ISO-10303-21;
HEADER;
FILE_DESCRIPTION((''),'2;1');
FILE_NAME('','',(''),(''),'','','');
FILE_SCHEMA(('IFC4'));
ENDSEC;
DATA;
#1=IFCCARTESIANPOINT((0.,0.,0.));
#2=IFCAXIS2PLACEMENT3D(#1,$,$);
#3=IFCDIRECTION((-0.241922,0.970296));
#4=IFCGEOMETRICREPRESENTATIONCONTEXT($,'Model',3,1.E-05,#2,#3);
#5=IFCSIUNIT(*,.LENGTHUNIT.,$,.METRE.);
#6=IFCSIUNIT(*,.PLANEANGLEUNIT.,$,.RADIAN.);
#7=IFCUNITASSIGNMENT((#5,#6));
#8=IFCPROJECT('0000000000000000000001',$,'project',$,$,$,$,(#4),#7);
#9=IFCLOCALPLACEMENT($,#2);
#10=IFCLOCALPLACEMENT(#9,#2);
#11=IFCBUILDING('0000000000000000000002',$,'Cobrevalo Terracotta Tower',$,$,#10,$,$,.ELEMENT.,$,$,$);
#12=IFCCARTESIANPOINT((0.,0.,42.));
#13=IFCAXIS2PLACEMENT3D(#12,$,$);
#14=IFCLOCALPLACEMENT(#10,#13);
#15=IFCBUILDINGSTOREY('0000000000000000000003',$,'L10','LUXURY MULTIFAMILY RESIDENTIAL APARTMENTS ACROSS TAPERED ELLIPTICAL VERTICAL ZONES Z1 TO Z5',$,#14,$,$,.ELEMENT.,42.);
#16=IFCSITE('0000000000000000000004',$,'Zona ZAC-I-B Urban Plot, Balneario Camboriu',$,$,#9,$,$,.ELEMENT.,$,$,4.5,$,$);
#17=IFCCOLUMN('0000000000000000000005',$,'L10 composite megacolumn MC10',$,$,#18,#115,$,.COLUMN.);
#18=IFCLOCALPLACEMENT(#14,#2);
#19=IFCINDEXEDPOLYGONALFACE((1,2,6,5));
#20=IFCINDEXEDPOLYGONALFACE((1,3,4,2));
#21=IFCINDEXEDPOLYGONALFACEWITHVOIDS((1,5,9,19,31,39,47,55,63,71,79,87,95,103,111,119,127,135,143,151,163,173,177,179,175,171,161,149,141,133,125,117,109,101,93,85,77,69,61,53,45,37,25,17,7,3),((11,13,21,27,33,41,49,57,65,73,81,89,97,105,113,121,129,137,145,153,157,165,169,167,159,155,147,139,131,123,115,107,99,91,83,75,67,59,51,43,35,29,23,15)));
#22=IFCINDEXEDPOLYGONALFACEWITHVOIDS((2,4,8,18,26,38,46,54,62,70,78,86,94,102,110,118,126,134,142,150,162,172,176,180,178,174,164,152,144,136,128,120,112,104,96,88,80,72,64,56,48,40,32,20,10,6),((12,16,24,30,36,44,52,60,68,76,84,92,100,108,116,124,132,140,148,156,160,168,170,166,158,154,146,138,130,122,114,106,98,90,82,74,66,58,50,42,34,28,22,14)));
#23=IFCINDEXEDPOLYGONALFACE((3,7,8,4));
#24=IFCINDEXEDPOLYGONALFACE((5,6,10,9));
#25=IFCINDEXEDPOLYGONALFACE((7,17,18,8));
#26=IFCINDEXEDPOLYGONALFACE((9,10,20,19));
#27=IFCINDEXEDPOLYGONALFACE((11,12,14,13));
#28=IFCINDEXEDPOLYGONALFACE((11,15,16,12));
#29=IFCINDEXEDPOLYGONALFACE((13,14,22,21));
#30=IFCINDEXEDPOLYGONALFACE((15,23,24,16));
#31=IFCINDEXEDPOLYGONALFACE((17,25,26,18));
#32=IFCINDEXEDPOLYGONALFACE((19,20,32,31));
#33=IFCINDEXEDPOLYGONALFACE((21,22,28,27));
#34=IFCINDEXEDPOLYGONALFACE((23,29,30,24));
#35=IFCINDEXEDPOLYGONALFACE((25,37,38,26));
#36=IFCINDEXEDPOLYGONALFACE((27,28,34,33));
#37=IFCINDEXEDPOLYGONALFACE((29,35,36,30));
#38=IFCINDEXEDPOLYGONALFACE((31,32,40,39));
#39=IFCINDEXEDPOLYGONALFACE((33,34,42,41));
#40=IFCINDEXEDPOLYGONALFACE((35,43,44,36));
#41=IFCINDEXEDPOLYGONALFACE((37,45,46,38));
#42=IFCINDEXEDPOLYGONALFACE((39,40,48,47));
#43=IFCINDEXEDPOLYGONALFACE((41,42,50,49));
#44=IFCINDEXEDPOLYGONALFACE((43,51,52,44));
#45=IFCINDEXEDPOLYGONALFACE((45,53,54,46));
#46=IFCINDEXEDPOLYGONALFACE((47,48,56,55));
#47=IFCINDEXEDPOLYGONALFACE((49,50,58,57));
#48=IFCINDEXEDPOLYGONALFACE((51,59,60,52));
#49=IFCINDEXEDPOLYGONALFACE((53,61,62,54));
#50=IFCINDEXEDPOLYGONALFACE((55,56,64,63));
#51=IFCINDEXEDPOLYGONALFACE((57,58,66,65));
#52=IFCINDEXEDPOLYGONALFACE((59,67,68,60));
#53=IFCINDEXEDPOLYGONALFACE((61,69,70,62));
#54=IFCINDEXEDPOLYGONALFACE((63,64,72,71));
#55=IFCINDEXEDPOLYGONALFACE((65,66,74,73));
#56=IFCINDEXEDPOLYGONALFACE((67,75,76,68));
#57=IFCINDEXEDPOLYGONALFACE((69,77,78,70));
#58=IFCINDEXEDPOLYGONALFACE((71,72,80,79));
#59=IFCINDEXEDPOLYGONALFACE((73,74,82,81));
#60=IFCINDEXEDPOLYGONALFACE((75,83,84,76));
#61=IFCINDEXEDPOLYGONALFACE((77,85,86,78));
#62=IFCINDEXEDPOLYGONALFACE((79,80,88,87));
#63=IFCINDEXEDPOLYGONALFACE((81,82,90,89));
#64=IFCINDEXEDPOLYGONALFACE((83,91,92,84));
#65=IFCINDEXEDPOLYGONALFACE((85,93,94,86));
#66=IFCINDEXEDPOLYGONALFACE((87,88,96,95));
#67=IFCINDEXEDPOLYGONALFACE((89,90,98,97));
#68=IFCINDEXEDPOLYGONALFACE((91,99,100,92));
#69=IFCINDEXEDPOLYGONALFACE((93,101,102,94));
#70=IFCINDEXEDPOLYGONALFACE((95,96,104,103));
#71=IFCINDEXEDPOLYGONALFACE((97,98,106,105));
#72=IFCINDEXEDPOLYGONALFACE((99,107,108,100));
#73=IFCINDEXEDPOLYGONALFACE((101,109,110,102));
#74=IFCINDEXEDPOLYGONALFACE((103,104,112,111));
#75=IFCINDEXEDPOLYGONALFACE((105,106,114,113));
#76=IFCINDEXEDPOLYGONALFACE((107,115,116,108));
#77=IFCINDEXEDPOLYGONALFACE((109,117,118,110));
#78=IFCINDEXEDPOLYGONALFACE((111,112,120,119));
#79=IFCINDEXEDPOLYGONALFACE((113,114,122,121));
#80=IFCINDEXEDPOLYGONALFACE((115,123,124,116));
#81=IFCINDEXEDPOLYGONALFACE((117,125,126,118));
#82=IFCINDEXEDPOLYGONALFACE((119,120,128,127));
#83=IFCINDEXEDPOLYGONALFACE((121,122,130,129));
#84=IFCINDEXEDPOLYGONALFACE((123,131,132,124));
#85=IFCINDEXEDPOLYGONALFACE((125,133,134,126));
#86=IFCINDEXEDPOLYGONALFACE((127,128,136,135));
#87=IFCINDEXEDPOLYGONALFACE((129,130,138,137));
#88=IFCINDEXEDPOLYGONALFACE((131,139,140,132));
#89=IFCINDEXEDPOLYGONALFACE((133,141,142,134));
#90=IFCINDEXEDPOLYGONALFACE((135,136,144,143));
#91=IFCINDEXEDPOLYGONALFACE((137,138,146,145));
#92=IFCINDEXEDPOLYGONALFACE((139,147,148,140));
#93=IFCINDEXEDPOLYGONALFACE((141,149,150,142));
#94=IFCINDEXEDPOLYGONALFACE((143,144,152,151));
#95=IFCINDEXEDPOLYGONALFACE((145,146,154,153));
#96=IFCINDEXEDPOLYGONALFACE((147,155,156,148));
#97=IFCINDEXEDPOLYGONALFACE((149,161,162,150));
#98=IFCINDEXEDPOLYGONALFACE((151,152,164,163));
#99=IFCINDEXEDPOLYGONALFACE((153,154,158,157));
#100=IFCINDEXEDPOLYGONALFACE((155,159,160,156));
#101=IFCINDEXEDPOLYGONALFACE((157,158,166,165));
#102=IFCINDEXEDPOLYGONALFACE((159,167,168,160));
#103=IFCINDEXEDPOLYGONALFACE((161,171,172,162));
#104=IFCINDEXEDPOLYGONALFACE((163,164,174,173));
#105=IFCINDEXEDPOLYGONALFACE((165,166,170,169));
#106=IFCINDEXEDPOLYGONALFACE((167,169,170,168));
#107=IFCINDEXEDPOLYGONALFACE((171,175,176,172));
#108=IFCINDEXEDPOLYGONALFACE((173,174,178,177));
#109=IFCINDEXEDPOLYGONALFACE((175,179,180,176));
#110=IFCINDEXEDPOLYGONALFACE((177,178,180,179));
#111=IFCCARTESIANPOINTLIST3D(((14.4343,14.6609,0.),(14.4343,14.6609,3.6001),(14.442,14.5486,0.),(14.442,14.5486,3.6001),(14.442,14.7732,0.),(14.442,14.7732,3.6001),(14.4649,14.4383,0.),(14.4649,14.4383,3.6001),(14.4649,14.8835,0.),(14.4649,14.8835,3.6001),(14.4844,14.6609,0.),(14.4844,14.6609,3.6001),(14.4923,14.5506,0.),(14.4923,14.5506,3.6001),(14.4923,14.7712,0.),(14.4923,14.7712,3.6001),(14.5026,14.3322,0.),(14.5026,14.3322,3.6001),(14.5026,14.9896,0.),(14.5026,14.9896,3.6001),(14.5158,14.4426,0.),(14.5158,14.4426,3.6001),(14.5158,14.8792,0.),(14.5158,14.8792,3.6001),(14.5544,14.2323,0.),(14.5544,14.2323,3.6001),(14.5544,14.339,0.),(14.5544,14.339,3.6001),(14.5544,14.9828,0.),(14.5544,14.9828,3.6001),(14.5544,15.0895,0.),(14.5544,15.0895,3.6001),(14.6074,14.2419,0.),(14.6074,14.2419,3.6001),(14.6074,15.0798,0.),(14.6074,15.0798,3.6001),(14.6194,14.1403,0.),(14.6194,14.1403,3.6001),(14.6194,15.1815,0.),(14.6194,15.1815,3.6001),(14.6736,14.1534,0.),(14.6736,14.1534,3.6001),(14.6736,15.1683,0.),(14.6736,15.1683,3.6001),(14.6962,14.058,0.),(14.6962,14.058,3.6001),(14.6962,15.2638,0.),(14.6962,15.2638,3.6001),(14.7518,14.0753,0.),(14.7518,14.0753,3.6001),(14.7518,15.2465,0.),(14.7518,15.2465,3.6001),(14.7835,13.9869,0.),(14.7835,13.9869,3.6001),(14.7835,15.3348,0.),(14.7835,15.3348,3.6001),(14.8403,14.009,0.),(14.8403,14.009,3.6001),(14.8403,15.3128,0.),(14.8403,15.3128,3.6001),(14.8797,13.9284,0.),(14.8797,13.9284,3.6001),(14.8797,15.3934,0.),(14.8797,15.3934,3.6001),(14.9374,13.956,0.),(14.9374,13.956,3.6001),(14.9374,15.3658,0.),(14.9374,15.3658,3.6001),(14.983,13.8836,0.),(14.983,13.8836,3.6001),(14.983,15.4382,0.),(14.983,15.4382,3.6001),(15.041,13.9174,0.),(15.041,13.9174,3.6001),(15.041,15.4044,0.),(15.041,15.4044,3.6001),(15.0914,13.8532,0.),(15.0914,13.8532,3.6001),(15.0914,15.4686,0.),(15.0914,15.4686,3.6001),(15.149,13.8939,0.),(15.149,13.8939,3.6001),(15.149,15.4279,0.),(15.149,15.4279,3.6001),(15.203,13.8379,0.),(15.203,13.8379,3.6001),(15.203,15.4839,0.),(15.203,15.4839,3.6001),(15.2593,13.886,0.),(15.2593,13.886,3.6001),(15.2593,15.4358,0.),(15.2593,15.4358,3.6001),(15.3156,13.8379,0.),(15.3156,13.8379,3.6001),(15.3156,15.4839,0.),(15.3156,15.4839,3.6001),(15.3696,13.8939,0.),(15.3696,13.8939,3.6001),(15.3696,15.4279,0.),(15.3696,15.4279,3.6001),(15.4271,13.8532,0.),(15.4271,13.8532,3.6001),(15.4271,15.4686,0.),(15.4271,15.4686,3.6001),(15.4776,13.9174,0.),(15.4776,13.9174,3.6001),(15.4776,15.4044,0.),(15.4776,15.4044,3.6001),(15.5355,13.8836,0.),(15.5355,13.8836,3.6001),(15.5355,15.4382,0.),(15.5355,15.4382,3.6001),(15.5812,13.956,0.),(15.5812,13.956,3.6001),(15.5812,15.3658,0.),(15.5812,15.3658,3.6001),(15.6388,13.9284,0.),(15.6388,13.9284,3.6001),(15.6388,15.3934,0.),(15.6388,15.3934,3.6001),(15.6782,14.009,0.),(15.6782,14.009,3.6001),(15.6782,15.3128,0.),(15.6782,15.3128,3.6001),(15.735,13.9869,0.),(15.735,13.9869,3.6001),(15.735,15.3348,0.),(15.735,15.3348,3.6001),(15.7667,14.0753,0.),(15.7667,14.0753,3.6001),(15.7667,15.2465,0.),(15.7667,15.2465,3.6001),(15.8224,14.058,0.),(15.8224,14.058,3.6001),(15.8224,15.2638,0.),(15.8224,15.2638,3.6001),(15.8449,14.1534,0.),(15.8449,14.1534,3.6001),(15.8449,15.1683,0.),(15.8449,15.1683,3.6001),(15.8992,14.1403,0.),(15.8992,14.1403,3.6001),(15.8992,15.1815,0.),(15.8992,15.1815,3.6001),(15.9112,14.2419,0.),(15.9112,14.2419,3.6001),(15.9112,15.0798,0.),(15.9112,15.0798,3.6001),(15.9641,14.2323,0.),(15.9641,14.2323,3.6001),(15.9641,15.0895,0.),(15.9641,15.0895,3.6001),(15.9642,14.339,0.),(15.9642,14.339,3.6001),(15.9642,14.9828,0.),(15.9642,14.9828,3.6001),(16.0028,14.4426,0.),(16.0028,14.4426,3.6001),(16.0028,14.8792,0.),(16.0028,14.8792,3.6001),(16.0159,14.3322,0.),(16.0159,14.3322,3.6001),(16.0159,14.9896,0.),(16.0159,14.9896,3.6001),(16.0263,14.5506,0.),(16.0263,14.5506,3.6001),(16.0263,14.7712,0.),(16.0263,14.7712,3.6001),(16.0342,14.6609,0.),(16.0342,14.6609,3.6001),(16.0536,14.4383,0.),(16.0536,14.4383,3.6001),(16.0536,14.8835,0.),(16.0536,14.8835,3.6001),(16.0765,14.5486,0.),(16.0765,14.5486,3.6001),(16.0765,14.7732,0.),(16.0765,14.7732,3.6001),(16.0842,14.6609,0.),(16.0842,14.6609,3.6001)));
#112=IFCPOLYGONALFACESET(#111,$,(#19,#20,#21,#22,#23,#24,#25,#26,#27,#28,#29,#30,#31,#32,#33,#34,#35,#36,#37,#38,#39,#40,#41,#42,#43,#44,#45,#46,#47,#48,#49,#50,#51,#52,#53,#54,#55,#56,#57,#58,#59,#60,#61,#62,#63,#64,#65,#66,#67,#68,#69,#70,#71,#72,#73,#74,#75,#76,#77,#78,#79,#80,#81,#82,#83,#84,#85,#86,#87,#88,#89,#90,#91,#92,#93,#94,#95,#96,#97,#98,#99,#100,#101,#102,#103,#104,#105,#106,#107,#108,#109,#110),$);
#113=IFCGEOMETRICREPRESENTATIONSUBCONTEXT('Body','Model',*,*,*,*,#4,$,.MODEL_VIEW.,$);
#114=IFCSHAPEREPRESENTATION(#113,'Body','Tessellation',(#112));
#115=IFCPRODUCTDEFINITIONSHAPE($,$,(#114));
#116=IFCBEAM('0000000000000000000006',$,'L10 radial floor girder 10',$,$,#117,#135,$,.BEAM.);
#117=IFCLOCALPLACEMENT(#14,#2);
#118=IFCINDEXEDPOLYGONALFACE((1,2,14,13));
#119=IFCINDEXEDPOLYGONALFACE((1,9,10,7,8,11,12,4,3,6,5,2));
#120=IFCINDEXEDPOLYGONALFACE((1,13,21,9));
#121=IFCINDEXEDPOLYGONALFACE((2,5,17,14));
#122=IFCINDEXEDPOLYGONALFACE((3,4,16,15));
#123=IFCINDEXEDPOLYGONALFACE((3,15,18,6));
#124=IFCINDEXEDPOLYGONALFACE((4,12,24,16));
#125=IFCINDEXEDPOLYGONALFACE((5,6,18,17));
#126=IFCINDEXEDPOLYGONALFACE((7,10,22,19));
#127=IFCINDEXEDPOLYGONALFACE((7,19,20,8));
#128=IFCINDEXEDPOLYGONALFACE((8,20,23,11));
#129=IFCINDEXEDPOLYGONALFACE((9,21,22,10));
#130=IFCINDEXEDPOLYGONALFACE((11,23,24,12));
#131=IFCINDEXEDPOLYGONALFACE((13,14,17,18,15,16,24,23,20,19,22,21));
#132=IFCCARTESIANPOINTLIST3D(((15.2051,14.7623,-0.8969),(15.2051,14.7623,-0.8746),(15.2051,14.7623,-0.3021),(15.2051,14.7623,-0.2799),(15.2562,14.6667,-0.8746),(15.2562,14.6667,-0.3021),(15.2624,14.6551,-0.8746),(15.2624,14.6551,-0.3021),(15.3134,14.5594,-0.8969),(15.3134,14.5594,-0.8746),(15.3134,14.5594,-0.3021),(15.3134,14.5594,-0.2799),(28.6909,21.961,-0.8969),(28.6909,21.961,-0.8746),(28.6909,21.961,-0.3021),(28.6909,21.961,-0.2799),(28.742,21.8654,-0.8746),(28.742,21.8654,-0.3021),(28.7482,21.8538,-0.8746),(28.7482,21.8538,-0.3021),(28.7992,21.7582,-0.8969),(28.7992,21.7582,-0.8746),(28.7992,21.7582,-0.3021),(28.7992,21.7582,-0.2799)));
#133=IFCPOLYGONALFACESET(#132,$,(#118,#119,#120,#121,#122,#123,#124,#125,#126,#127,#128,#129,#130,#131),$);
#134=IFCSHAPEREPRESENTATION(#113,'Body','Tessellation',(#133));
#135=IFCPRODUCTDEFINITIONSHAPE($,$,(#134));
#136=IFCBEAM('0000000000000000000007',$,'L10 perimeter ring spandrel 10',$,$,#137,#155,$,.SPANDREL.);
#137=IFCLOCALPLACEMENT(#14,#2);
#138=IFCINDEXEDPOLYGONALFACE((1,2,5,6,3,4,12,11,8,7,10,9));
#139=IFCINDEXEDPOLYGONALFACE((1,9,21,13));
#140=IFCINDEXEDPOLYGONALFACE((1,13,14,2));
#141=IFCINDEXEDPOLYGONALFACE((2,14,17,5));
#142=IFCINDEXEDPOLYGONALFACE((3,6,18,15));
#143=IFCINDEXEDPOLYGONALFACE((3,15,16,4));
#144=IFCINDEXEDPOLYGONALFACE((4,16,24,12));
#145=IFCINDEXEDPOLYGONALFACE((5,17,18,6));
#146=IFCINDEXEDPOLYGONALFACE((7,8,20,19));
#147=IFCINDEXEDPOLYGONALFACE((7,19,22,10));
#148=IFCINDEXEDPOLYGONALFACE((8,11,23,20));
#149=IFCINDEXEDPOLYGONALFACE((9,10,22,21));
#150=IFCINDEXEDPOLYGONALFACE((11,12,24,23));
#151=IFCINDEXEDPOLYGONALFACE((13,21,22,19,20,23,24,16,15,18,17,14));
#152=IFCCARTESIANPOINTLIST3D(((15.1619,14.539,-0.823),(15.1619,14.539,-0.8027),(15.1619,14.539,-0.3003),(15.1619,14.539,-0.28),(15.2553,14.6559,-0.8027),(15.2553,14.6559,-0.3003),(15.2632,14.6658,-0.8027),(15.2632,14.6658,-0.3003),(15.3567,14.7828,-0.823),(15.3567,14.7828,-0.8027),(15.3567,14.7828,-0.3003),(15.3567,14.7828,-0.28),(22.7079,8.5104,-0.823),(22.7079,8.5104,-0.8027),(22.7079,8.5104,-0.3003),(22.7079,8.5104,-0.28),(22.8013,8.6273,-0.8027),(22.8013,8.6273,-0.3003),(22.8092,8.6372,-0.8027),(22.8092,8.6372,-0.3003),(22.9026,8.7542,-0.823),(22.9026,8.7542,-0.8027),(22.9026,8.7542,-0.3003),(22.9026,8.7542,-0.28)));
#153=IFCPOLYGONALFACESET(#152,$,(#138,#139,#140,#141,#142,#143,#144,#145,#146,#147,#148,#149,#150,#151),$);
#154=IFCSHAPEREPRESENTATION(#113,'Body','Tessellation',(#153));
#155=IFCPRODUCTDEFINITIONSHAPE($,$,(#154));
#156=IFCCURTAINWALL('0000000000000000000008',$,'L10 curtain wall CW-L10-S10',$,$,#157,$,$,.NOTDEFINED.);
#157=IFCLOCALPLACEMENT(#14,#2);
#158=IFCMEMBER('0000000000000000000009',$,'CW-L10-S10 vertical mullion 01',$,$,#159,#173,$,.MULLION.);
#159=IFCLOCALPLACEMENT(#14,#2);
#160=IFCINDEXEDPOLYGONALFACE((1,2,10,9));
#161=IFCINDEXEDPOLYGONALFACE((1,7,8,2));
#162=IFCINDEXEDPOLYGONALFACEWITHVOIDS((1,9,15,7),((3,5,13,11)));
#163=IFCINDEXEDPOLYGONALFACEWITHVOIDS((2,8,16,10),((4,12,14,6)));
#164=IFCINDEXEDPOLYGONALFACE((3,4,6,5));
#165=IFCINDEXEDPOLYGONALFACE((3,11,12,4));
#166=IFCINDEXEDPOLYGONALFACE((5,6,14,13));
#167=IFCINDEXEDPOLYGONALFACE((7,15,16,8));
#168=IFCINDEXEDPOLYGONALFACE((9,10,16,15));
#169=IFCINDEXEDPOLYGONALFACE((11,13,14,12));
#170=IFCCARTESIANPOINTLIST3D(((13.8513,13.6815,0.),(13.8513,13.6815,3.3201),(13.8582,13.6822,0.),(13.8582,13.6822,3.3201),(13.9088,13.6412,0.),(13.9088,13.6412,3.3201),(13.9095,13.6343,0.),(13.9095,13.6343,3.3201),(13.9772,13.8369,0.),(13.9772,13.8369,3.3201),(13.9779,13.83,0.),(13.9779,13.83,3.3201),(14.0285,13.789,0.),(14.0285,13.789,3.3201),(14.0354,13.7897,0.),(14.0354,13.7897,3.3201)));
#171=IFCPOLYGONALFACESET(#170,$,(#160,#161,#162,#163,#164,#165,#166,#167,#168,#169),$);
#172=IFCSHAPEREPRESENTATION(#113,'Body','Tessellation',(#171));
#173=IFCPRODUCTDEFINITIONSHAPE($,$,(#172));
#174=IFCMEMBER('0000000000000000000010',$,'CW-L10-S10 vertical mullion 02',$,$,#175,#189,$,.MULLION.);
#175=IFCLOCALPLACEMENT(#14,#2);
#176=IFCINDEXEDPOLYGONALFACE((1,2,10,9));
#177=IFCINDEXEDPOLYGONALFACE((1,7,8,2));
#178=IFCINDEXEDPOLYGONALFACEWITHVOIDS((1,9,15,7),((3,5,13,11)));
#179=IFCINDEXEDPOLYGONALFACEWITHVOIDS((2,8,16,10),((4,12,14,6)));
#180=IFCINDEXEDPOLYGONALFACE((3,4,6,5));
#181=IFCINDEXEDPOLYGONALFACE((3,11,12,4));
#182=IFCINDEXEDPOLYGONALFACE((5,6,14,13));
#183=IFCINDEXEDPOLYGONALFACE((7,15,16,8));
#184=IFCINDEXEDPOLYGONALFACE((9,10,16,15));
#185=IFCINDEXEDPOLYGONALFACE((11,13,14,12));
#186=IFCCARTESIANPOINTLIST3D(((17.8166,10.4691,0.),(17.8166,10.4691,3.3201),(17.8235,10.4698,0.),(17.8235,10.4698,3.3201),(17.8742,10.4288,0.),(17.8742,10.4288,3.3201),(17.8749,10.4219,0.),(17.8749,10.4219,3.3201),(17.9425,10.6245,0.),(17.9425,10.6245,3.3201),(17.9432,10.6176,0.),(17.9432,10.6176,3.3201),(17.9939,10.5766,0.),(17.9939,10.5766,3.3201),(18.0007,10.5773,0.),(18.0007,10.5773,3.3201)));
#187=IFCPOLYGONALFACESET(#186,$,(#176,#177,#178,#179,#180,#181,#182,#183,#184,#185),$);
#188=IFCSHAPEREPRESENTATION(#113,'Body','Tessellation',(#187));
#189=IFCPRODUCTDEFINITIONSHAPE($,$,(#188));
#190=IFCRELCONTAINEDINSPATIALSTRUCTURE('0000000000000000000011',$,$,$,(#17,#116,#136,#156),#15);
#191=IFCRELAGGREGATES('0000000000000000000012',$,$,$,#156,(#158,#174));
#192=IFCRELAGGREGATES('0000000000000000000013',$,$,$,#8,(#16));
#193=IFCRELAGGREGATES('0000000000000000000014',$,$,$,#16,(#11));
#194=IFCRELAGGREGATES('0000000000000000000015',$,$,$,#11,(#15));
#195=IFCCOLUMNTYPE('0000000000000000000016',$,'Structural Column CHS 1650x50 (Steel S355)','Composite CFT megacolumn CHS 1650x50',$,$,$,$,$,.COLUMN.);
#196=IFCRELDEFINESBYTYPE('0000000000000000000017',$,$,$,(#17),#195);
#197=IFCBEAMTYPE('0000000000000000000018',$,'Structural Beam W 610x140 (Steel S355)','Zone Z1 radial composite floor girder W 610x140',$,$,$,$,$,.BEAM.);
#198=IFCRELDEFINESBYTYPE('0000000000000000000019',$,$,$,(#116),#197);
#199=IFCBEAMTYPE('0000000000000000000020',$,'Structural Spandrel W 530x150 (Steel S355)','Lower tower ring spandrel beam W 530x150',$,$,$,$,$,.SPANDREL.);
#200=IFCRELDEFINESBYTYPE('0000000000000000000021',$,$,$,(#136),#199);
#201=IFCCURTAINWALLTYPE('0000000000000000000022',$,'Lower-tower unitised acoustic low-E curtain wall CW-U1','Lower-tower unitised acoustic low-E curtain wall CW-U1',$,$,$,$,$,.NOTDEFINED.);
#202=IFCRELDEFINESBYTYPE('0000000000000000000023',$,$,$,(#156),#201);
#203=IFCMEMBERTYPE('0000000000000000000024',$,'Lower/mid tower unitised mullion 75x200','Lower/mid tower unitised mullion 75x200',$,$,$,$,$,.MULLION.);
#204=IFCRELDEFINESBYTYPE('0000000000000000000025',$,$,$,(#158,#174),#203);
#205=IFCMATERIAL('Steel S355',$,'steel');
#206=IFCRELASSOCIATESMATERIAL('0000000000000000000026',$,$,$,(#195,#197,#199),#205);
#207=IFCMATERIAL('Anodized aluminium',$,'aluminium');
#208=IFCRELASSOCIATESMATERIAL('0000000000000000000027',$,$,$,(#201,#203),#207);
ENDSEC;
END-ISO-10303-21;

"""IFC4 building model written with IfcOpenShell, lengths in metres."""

from ifc_helpers import new_model, si_unit, direction, frame, origin, origin_2d, place, context, subcontext, project, spatial, hollow_rectangle, hollow_circle, i_section, extrude, source, transform, mapped, material, material_profile, profile_set, type_object, element, aggregate, save


model = new_model("IFC4")

# Units and contexts
model_context = context("Model", 3, precision=1e-05, world=origin(), true_north=direction((-0.241922, 0.970296)))
body_context = subcontext(model_context, "Body", "Model", "MODEL_VIEW")
ifc_project = project(units=[si_unit("LENGTHUNIT", "METRE"), si_unit("PLANEANGLEUNIT", "RADIAN")], contexts=[model_context])

# Site, building, storey
site_placement = place(None, origin())
site = spatial("IfcSite", under=ifc_project, at=site_placement, Name="Zona ZAC-I-B Urban Plot, Balneario Camboriu", CompositionType="ELEMENT", RefElevation=4.5)
building_placement = place(site_placement, origin())
building = spatial("IfcBuilding", under=site, at=building_placement, Name="Cobrevalo Terracotta Tower", CompositionType="ELEMENT")
storey_placement = place(building_placement, frame((0.0, 0.0, 42.0)))
storey = spatial("IfcBuildingStorey", under=building, at=storey_placement, Name="L10", Description="LUXURY MULTIFAMILY RESIDENTIAL APARTMENTS ACROSS TAPERED ELLIPTICAL VERTICAL ZONES Z1 TO Z5", CompositionType="ELEMENT", Elevation=42.0)

# Column
ifc_material_1 = material(Name="Steel S355", Category="steel")
ifc_material_profile_1 = material_profile(ifc_material_1, hollow_circle(Radius=0.825, WallThickness=0.05, at=origin_2d()), Name="CHS 1650x50")
ifc_profile_set_1 = profile_set([ifc_material_profile_1], Name="Steel S355")
column_type = type_object("IfcColumnType", Name="Structural Column CHS 1650x50 (Steel S355)", Description="Composite CFT megacolumn CHS 1650x50", PredefinedType="COLUMN", material=ifc_profile_set_1)
for number, where, z_axis, x_axis, name in (
    (1, (15.2593, 14.6609, 0.0), (0.0, 0.0, 1.0), (1.0, 0.0, 0.0), "L10 composite megacolumn MC10"),
):
    element("IfcColumn", number, at=place(storey_placement, frame(where, z_axis=z_axis, x_axis=x_axis)), inside=storey, type_object=column_type, Name=name, PredefinedType="COLUMN", context=body_context, shape_type="SweptSolid", body=[
        extrude(hollow_circle(Radius=0.825, WallThickness=0.05, at=origin_2d()), origin(), (0.0, 0.0, 1.0), 3.6001),
    ])

# Beams
ifc_material_profile_2 = material_profile(ifc_material_1, i_section(OverallWidth=0.23, OverallDepth=0.6169, WebThickness=0.0132, FlangeThickness=0.0222, at=origin_2d()), Name="W 610x140")
ifc_profile_set_2 = profile_set([ifc_material_profile_2], Name="Steel S355")
beam_type_1 = type_object("IfcBeamType", Name="Structural Beam W 610x140 (Steel S355)", Description="Zone Z1 radial composite floor girder W 610x140", PredefinedType="BEAM", material=ifc_profile_set_2)
beam_1_placement = place(storey_placement, frame((15.2593, 14.6609, -0.5884), z_axis=(0.882182, 0.470908, 0.0), x_axis=(-0.470908, 0.882182, 0.0)))
element("IfcBeam", 2, at=beam_1_placement, inside=storey, type_object=beam_type_1, Name="L10 radial floor girder 10", PredefinedType="BEAM", context=body_context, shape_type="SweptSolid", body=[
    extrude(i_section(OverallWidth=0.23, OverallDepth=0.6169, WebThickness=0.0132, FlangeThickness=0.0222, at=origin_2d()), origin(), (0.0, 0.0, 1.0), 15.2869),
])
ifc_material_profile_3 = material_profile(ifc_material_1, i_section(OverallWidth=0.312, OverallDepth=0.543, WebThickness=0.0127, FlangeThickness=0.0203, at=origin_2d()), Name="W 530x150")
ifc_profile_set_3 = profile_set([ifc_material_profile_3], Name="Steel S355")
beam_type_2 = type_object("IfcBeamType", Name="Structural Spandrel W 530x150 (Steel S355)", Description="Lower tower ring spandrel beam W 530x150", PredefinedType="SPANDREL", material=ifc_profile_set_3)
beam_2_placement = place(storey_placement, frame((15.2593, 14.6609, -0.5515), z_axis=(0.78128, -0.62418, 0.0), x_axis=(0.62418, 0.78128, 0.0)))
element("IfcBeam", 3, at=beam_2_placement, inside=storey, type_object=beam_type_2, Name="L10 perimeter ring spandrel 10", PredefinedType="SPANDREL", context=body_context, shape_type="SweptSolid", body=[
    extrude(i_section(OverallWidth=0.312, OverallDepth=0.543, WebThickness=0.0127, FlangeThickness=0.0203, at=origin_2d()), origin(), (0.0, 0.0, 1.0), 9.6584),
])

# Curtain wall, members
ifc_material_2 = material(Name="Anodized aluminium", Category="aluminium")
curtain_wall_type = type_object("IfcCurtainWallType", Name="Lower-tower unitised acoustic low-E curtain wall CW-U1", Description="Lower-tower unitised acoustic low-E curtain wall CW-U1", PredefinedType="NOTDEFINED", material=ifc_material_2)
curtain_wall_placement = place(storey_placement, origin())
curtain_wall = element("IfcCurtainWall", 4, at=curtain_wall_placement, inside=storey, type_object=curtain_wall_type, Name="L10 curtain wall CW-L10-S10", PredefinedType="NOTDEFINED")
ifc_material_profile_4 = material_profile(ifc_material_2, hollow_rectangle(XDim=0.075, YDim=0.2, WallThickness=0.0049, at=origin_2d()), Name="CWM 75x200")
ifc_profile_set_4 = profile_set([ifc_material_profile_4], Name="Anodized aluminium")
member_type_1 = type_object("IfcMemberType", Name="Lower/mid tower unitised mullion 75x200", Description="Lower/mid tower unitised mullion 75x200", PredefinedType="MULLION", material=ifc_profile_set_4)
shared_shape_1 = source(origin(), body_context, "Body", "SweptSolid", [
    extrude(hollow_rectangle(XDim=0.075, YDim=0.2, WallThickness=0.0049, at=origin_2d()), origin(), (0.0, 0.0, 1.0), 3.3201),
])
member_1_placement = place(storey_placement, frame((13.9434, 13.7356, 0.0), z_axis=(0.0, 0.0, 1.0), x_axis=(0.777003, -0.629497, 0.0)))
member_1 = element("IfcMember", 5, at=member_1_placement, type_object=member_type_1, Name="CW-L10-S10 vertical mullion 01", PredefinedType="MULLION", context=body_context, shape_type="MappedRepresentation", body=[
    mapped(shared_shape_1, transform((0.0, 0.0, 0.0), scale=1.0)),
])
member_2_placement = place(storey_placement, frame((17.9087, 10.5232, 0.0), z_axis=(0.0, 0.0, 1.0), x_axis=(0.777003, -0.629497, 0.0)))
member_2 = element("IfcMember", 6, at=member_2_placement, type_object=member_type_1, Name="CW-L10-S10 vertical mullion 02", PredefinedType="MULLION", context=body_context, shape_type="MappedRepresentation", body=[
    mapped(shared_shape_1, transform((0.0, 0.0, 0.0), scale=1.0)),
])

aggregate(curtain_wall, [member_1, member_2])

save(model, "model.ifc")
